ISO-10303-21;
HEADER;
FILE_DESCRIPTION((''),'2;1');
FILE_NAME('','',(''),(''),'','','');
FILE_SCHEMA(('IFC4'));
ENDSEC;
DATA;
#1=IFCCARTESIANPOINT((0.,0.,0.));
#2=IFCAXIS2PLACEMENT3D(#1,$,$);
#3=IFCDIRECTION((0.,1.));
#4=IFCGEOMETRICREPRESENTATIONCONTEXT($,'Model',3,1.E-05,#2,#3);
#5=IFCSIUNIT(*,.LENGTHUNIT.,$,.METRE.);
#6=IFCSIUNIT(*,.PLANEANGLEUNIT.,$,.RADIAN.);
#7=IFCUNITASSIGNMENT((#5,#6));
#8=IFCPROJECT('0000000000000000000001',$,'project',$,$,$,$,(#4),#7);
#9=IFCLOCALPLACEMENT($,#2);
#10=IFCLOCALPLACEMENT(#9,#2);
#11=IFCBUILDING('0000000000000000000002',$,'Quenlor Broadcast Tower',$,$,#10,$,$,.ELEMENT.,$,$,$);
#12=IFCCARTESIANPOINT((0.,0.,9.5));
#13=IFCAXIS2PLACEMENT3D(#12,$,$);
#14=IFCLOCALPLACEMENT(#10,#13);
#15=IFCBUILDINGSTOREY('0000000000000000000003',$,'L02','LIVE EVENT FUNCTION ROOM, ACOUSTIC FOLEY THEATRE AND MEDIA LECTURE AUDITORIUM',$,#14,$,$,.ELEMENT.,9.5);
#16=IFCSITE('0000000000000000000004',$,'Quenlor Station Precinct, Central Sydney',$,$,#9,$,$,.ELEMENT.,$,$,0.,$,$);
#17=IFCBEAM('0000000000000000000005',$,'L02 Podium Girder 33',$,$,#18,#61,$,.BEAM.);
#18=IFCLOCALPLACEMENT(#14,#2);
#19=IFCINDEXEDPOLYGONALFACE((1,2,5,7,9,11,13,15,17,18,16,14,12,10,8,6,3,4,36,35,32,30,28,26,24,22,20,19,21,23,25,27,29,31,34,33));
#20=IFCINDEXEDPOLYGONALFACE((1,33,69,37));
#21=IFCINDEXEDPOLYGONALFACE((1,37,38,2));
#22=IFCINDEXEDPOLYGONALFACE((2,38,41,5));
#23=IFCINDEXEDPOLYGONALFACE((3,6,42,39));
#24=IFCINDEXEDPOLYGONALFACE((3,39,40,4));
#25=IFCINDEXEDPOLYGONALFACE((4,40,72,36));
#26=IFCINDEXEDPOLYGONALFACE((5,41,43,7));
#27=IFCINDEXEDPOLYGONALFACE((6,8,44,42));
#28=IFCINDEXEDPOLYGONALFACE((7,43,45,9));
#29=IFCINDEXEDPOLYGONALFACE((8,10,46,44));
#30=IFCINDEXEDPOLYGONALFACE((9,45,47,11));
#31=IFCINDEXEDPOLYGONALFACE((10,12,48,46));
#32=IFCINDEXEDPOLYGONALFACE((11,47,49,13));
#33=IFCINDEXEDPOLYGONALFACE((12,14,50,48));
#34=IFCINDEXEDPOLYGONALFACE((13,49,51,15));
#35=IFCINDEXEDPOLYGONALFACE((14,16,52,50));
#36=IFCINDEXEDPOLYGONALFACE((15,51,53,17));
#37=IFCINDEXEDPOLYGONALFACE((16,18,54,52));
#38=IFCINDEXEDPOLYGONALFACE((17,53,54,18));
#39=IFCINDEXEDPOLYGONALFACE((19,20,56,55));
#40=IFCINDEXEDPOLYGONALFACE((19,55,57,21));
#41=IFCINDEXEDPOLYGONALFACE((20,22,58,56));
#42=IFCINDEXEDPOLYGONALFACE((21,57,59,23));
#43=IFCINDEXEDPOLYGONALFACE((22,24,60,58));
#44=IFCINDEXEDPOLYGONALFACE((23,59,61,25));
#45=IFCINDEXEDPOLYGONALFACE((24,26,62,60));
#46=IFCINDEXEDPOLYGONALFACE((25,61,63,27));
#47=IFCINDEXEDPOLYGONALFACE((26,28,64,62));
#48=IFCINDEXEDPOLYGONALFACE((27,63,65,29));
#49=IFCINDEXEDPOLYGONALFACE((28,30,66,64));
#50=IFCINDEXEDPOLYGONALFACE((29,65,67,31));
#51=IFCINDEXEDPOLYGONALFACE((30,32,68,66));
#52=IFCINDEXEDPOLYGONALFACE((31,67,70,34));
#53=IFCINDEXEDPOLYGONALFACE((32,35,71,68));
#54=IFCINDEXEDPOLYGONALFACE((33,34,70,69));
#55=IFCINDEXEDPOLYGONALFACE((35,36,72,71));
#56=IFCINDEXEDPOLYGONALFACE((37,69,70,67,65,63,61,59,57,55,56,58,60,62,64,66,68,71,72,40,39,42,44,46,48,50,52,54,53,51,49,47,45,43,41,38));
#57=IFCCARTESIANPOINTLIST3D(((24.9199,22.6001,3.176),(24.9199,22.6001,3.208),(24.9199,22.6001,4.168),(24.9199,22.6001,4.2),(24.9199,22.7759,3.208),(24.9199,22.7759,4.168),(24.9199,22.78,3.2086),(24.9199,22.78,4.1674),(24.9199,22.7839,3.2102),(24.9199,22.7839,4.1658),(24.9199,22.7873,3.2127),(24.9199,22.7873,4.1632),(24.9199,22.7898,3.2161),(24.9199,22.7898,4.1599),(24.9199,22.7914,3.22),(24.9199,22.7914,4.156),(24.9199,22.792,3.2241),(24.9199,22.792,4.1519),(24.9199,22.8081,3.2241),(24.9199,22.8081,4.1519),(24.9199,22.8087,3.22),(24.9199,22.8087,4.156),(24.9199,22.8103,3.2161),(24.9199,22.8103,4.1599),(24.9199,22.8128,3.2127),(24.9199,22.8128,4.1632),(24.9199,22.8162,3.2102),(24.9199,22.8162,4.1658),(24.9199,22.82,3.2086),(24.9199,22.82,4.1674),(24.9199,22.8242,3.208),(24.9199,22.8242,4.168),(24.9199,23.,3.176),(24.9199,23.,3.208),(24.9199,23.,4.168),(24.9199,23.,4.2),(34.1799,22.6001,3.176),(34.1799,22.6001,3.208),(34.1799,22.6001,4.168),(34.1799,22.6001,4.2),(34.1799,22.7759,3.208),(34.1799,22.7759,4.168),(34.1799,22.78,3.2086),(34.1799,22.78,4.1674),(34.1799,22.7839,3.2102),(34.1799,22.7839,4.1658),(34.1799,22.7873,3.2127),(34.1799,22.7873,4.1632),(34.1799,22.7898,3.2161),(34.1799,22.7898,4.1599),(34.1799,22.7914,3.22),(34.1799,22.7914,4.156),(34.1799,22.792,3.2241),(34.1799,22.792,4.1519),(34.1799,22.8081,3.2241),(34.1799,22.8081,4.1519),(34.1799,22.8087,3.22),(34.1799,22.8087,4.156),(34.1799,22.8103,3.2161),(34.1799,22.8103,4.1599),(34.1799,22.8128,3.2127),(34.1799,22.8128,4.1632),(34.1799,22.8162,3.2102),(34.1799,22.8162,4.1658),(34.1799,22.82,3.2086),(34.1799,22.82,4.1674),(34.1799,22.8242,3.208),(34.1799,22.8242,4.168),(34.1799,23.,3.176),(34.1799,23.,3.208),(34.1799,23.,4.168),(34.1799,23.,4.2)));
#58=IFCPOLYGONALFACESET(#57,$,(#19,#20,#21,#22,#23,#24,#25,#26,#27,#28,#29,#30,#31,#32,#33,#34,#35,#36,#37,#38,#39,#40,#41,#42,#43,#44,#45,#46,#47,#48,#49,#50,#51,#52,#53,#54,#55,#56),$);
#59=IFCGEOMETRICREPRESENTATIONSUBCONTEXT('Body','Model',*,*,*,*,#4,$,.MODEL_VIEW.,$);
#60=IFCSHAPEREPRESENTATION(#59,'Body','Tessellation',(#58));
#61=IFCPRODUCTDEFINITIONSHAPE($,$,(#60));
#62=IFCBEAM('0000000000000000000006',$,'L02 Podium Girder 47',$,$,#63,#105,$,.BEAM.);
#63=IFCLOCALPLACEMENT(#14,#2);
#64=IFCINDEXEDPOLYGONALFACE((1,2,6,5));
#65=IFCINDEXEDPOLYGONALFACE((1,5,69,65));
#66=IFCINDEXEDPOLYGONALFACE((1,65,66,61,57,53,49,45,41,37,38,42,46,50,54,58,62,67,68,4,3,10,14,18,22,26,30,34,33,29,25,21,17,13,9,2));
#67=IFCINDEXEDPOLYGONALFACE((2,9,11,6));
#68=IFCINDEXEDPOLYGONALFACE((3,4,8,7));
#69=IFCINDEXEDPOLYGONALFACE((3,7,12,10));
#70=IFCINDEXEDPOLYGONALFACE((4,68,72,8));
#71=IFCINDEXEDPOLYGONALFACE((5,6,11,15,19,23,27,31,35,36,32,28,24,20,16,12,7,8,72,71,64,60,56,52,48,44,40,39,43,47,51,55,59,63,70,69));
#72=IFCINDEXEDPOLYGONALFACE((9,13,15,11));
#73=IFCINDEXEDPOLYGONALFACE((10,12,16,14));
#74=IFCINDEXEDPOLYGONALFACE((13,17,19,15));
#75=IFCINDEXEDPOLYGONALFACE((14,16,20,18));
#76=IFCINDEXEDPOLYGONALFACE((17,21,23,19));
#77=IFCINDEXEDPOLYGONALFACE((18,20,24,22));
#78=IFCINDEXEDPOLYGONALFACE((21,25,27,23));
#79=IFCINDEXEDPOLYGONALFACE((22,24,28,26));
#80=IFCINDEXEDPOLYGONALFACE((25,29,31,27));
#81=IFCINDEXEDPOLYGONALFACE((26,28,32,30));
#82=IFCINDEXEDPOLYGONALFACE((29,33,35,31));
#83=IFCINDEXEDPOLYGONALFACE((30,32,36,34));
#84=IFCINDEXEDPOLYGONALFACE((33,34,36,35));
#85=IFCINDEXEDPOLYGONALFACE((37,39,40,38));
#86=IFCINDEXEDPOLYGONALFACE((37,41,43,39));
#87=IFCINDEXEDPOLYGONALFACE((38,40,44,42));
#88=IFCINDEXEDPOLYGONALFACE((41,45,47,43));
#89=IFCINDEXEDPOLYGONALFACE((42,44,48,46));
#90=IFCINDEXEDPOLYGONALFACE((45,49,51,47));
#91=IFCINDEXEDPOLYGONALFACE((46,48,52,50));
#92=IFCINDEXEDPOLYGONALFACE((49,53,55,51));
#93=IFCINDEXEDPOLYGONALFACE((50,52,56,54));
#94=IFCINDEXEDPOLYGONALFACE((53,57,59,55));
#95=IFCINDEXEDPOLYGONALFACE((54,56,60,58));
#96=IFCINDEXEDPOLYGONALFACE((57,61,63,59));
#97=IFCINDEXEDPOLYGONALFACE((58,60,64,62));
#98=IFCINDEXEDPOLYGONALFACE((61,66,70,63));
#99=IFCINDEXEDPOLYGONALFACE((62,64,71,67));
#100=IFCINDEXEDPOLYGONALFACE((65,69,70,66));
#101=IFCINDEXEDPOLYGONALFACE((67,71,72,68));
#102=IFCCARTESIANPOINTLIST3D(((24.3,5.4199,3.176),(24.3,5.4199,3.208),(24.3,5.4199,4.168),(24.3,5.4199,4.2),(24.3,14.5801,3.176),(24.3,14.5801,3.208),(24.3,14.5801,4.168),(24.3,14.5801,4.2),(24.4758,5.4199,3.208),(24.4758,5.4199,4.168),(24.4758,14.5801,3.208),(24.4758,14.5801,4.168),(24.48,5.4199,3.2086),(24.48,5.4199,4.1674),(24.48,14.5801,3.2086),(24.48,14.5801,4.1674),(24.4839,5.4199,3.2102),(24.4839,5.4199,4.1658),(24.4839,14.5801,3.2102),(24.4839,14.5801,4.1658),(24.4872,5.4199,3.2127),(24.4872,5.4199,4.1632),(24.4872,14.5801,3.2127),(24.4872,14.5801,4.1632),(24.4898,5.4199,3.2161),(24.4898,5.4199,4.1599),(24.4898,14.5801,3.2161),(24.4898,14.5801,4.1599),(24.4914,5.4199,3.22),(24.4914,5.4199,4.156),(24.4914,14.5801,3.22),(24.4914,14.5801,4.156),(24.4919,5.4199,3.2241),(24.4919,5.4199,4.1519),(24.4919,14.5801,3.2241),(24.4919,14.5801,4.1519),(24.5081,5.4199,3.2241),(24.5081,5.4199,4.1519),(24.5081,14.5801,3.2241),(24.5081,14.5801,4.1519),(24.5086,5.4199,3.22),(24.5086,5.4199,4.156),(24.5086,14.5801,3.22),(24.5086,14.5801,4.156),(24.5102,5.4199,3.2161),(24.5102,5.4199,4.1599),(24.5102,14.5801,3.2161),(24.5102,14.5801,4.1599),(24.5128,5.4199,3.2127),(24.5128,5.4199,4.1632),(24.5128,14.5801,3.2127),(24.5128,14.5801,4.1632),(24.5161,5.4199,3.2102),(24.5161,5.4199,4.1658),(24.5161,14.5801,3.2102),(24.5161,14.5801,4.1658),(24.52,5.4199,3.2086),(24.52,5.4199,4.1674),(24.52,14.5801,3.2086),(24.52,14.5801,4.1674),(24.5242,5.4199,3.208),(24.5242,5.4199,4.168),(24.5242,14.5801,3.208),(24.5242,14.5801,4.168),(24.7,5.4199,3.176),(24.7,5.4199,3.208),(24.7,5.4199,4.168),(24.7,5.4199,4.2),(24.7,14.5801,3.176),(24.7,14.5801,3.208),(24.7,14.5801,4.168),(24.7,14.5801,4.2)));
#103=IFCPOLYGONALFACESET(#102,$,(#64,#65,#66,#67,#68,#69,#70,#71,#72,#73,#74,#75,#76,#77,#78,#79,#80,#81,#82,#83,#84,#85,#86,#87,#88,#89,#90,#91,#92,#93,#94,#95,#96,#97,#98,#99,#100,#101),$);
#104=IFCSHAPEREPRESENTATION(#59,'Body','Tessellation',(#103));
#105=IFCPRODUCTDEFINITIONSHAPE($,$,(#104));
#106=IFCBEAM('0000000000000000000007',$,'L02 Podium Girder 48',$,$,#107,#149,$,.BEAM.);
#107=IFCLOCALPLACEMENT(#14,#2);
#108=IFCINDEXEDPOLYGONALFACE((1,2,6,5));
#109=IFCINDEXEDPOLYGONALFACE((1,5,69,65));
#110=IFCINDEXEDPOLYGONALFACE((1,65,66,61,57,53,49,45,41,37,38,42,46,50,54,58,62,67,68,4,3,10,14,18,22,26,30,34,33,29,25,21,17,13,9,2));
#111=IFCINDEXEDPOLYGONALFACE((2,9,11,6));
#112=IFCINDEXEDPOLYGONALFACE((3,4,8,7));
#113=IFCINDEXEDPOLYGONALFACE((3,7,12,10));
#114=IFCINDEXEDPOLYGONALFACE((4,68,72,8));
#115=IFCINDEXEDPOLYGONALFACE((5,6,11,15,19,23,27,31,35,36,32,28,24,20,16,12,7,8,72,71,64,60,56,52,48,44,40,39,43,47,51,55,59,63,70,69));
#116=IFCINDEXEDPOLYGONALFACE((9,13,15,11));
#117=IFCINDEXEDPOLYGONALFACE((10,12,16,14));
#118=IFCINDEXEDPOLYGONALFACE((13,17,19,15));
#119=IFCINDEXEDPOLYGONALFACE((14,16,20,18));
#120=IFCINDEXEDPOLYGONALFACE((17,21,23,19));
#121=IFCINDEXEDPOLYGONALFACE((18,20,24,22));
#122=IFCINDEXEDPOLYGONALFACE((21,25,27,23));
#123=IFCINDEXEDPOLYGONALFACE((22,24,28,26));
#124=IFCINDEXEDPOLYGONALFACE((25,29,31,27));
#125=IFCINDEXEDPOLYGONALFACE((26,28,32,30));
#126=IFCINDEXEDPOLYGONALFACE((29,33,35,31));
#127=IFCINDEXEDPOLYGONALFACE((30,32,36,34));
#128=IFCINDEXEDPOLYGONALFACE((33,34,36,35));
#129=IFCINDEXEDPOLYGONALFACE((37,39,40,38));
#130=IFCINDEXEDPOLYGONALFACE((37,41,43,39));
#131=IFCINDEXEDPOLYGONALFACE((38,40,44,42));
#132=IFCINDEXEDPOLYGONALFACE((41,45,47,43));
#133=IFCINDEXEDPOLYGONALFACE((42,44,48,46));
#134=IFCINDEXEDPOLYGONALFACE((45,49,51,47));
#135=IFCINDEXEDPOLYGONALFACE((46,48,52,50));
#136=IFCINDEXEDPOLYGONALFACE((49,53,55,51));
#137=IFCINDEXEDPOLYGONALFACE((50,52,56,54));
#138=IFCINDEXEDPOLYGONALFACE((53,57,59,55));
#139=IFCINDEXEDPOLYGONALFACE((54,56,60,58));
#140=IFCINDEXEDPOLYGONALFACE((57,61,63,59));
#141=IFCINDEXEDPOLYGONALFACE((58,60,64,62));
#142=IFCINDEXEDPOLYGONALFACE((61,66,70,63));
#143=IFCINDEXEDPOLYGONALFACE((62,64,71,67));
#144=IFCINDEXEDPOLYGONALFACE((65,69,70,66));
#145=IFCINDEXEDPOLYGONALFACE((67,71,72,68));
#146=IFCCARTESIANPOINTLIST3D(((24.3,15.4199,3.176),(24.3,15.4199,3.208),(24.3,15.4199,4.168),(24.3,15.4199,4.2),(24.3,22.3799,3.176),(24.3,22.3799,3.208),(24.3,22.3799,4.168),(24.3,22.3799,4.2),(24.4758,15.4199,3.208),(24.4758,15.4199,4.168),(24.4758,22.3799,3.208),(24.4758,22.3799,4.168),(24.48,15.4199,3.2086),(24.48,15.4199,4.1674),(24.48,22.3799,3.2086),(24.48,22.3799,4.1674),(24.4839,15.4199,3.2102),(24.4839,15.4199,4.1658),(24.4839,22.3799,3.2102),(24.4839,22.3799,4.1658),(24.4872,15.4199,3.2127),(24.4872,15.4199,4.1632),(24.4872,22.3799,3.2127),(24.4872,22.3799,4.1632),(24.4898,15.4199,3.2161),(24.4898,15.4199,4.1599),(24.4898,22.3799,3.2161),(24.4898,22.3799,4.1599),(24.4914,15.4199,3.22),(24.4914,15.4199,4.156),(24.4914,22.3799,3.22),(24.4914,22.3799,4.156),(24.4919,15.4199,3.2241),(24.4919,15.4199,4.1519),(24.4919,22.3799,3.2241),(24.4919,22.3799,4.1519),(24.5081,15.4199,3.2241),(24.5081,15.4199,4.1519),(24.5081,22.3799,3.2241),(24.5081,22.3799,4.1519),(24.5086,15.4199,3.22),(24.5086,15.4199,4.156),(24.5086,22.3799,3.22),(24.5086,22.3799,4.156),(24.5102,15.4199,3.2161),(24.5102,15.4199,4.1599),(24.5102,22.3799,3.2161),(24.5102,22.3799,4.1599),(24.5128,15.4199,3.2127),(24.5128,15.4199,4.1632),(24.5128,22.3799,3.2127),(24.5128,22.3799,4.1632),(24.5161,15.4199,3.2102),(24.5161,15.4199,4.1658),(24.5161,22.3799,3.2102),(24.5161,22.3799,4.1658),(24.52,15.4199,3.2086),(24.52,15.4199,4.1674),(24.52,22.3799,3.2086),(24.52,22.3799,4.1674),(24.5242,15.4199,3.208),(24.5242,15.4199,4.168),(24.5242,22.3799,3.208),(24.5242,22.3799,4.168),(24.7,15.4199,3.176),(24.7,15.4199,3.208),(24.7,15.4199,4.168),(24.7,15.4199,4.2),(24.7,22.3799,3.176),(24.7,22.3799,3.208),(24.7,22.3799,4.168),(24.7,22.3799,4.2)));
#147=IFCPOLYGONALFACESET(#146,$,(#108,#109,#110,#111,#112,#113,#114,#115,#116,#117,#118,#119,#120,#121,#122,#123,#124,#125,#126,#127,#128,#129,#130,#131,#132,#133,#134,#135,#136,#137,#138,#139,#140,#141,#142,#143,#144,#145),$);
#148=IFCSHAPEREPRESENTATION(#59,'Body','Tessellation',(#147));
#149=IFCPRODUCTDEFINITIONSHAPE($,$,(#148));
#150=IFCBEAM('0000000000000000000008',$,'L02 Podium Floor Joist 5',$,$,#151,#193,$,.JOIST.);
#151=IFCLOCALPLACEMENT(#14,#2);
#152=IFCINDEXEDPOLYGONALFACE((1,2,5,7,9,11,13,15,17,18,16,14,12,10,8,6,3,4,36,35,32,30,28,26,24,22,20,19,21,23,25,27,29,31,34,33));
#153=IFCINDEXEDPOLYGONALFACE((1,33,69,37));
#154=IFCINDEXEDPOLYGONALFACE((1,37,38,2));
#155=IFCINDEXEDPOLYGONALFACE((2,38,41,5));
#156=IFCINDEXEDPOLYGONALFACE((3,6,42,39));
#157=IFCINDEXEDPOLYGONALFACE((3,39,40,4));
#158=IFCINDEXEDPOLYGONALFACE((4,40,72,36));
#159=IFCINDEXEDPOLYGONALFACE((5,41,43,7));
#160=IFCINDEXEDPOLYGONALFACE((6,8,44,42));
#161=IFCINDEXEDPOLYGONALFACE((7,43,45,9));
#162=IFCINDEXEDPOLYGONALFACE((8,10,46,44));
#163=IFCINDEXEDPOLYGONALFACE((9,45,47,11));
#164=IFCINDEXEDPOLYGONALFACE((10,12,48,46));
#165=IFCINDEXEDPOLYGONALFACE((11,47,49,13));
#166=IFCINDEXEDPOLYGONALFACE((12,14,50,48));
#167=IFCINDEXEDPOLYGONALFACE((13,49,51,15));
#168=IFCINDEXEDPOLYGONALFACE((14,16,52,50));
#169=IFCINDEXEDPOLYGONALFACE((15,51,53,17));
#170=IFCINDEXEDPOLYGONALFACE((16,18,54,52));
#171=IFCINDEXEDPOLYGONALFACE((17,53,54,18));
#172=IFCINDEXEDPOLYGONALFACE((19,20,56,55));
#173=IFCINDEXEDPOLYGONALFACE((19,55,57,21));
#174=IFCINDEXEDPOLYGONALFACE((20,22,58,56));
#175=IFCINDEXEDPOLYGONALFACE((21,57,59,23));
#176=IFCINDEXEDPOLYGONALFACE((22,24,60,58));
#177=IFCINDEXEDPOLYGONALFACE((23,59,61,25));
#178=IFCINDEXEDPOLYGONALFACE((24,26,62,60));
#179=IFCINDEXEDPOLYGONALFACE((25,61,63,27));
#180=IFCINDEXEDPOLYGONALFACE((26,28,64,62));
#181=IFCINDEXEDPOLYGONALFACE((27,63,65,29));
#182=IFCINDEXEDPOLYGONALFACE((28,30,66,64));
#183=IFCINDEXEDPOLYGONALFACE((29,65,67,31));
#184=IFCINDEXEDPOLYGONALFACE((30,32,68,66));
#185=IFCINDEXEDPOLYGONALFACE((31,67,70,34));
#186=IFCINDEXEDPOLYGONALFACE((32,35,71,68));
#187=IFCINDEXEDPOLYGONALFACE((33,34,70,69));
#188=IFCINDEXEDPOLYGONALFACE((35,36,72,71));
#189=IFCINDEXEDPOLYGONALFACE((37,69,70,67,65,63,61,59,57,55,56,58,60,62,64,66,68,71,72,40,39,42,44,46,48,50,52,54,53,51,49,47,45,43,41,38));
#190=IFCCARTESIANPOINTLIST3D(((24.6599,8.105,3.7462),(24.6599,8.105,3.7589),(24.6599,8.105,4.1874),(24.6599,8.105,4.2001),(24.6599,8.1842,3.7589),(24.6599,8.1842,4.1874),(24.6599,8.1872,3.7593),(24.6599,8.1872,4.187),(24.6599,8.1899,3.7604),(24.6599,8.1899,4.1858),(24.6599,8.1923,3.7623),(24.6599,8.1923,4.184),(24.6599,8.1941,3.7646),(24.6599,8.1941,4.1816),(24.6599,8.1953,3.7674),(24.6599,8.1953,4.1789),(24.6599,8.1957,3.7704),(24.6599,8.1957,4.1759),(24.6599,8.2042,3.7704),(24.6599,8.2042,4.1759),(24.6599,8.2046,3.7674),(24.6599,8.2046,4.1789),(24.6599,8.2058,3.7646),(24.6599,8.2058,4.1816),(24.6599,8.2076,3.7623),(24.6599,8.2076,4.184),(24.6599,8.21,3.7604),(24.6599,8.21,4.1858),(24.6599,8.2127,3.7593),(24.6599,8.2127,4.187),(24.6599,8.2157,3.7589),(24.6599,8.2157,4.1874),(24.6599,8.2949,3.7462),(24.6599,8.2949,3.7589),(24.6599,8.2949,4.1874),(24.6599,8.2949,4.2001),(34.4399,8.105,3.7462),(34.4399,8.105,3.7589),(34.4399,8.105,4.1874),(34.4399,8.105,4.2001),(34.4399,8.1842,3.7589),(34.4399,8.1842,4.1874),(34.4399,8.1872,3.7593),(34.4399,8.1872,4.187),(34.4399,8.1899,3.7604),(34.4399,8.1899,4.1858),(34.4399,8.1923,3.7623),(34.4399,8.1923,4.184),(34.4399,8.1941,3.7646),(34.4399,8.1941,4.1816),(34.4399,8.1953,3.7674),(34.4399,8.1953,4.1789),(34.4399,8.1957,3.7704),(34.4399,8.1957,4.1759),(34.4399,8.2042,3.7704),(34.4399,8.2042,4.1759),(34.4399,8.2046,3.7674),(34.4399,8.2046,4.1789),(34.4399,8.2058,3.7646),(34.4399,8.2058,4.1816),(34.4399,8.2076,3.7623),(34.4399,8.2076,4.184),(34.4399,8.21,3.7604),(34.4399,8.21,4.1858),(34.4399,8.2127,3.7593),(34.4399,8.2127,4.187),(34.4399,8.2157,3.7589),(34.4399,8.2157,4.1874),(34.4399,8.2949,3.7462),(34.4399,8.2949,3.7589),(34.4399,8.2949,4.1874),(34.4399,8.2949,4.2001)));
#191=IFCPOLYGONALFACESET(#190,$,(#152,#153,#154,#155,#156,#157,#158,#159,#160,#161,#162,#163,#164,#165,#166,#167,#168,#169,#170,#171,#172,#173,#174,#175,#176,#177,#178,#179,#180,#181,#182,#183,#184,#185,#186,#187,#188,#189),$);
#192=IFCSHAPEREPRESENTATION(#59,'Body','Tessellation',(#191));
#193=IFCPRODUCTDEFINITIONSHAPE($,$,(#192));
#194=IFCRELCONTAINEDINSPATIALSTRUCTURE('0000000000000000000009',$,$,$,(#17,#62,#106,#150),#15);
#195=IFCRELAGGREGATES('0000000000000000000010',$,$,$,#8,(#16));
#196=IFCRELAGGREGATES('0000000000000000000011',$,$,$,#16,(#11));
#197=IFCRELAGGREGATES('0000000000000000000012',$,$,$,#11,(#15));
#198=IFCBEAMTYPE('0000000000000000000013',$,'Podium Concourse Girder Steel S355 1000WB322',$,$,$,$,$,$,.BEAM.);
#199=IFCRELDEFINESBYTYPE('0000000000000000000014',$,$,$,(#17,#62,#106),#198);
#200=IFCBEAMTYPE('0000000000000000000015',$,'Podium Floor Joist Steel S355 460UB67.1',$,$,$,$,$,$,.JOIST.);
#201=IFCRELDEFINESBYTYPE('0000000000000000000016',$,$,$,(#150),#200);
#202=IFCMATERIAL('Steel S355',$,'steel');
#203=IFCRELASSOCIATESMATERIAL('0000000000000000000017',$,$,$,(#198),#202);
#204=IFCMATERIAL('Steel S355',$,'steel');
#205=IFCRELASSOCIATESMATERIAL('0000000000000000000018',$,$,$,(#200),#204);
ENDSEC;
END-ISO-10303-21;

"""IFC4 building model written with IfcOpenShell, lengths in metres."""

from ifc_helpers import new_model, si_unit, direction, frame, origin, origin_2d, place, context, subcontext, project, spatial, i_section, extrude, material, material_profile, profile_set, type_object, element, save


model = new_model("IFC4")

# Units and contexts
model_context = context("Model", 3, precision=1e-05, world=origin(), true_north=direction((0.0, 1.0)))
body_context = subcontext(model_context, "Body", "Model", "MODEL_VIEW")
ifc_project = project(units=[si_unit("LENGTHUNIT", "METRE"), si_unit("PLANEANGLEUNIT", "RADIAN")], contexts=[model_context])

# Site, building, storey
site_placement = place(None, origin())
site = spatial("IfcSite", under=ifc_project, at=site_placement, Name="Quenlor Station Precinct, Central Sydney", CompositionType="ELEMENT", RefElevation=0.0)
building_placement = place(site_placement, origin())
building = spatial("IfcBuilding", under=site, at=building_placement, Name="Quenlor Broadcast Tower", CompositionType="ELEMENT")
storey_placement = place(building_placement, frame((0.0, 0.0, 9.5)))
storey = spatial("IfcBuildingStorey", under=building, at=storey_placement, Name="L02", Description="LIVE EVENT FUNCTION ROOM, ACOUSTIC FOLEY THEATRE AND MEDIA LECTURE AUDITORIUM", CompositionType="ELEMENT", Elevation=9.5)

# Beams
ifc_material_1 = material(Name="Steel S355", Category="steel")
ifc_material_profile_1 = material_profile(ifc_material_1, i_section(OverallWidth=0.3999, OverallDepth=1.0239, WebThickness=0.0161, FlangeThickness=0.032, FilletRadius=0.0161, at=origin_2d()))
ifc_profile_set_1 = profile_set([ifc_material_profile_1], Name="Steel S355 1000WB322")
beam_type_1 = type_object("IfcBeamType", Name="Podium Concourse Girder Steel S355 1000WB322", PredefinedType="BEAM", material=ifc_profile_set_1)
beam_1_placement = place(storey_placement, frame((24.9199, 22.8, 3.688), z_axis=(1.0, 0.0, 0.0), x_axis=(0.0, 1.0, 0.0)))
element("IfcBeam", 1, at=beam_1_placement, inside=storey, type_object=beam_type_1, Name="L02 Podium Girder 33", PredefinedType="BEAM", context=body_context, shape_type="SweptSolid", body=[
    extrude(i_section(OverallWidth=0.3999, OverallDepth=1.0239, WebThickness=0.0161, FlangeThickness=0.032, FilletRadius=0.0161, at=origin_2d()), origin(), (0.0, 0.0, 1.0), 9.26),
])
beam_2_placement = place(storey_placement, frame((24.5, 5.4199, 3.688), z_axis=(0.0, 1.0, 0.0), x_axis=(-1.0, 0.0, 0.0)))
element("IfcBeam", 2, at=beam_2_placement, inside=storey, type_object=beam_type_1, Name="L02 Podium Girder 47", PredefinedType="BEAM", context=body_context, shape_type="SweptSolid", body=[
    extrude(i_section(OverallWidth=0.3999, OverallDepth=1.0239, WebThickness=0.0161, FlangeThickness=0.032, FilletRadius=0.0161, at=origin_2d()), origin(), (0.0, 0.0, 1.0), 9.1602),
])
beam_3_placement = place(storey_placement, frame((24.5, 15.4199, 3.688), z_axis=(0.0, 1.0, 0.0), x_axis=(-1.0, 0.0, 0.0)))
element("IfcBeam", 3, at=beam_3_placement, inside=storey, type_object=beam_type_1, Name="L02 Podium Girder 48", PredefinedType="BEAM", context=body_context, shape_type="SweptSolid", body=[
    extrude(i_section(OverallWidth=0.3999, OverallDepth=1.0239, WebThickness=0.0161, FlangeThickness=0.032, FilletRadius=0.0161, at=origin_2d()), origin(), (0.0, 0.0, 1.0), 6.96),
])
ifc_material_2 = material(Name="Steel S355", Category="steel")
ifc_material_profile_2 = material_profile(ifc_material_2, i_section(OverallWidth=0.1899, OverallDepth=0.4539, WebThickness=0.0085, FlangeThickness=0.0127, FilletRadius=0.0115, at=origin_2d()))
ifc_profile_set_2 = profile_set([ifc_material_profile_2], Name="Steel S355 460UB67.1")
beam_type_2 = type_object("IfcBeamType", Name="Podium Floor Joist Steel S355 460UB67.1", PredefinedType="JOIST", material=ifc_profile_set_2)
for number, where, z_axis, x_axis, name in (
    (4, (24.6599, 8.2, 3.9731), (1.0, 0.0, 0.0), (0.0, 1.0, 0.0), "L02 Podium Floor Joist 5"),
):
    element("IfcBeam", number, at=place(storey_placement, frame(where, z_axis=z_axis, x_axis=x_axis)), inside=storey, type_object=beam_type_2, Name=name, PredefinedType="JOIST", context=body_context, shape_type="SweptSolid", body=[
        extrude(i_section(OverallWidth=0.1899, OverallDepth=0.4539, WebThickness=0.0085, FlangeThickness=0.0127, FilletRadius=0.0115, at=origin_2d()), origin(), (0.0, 0.0, 1.0), 9.78),
    ])

save(model, "model.ifc")
